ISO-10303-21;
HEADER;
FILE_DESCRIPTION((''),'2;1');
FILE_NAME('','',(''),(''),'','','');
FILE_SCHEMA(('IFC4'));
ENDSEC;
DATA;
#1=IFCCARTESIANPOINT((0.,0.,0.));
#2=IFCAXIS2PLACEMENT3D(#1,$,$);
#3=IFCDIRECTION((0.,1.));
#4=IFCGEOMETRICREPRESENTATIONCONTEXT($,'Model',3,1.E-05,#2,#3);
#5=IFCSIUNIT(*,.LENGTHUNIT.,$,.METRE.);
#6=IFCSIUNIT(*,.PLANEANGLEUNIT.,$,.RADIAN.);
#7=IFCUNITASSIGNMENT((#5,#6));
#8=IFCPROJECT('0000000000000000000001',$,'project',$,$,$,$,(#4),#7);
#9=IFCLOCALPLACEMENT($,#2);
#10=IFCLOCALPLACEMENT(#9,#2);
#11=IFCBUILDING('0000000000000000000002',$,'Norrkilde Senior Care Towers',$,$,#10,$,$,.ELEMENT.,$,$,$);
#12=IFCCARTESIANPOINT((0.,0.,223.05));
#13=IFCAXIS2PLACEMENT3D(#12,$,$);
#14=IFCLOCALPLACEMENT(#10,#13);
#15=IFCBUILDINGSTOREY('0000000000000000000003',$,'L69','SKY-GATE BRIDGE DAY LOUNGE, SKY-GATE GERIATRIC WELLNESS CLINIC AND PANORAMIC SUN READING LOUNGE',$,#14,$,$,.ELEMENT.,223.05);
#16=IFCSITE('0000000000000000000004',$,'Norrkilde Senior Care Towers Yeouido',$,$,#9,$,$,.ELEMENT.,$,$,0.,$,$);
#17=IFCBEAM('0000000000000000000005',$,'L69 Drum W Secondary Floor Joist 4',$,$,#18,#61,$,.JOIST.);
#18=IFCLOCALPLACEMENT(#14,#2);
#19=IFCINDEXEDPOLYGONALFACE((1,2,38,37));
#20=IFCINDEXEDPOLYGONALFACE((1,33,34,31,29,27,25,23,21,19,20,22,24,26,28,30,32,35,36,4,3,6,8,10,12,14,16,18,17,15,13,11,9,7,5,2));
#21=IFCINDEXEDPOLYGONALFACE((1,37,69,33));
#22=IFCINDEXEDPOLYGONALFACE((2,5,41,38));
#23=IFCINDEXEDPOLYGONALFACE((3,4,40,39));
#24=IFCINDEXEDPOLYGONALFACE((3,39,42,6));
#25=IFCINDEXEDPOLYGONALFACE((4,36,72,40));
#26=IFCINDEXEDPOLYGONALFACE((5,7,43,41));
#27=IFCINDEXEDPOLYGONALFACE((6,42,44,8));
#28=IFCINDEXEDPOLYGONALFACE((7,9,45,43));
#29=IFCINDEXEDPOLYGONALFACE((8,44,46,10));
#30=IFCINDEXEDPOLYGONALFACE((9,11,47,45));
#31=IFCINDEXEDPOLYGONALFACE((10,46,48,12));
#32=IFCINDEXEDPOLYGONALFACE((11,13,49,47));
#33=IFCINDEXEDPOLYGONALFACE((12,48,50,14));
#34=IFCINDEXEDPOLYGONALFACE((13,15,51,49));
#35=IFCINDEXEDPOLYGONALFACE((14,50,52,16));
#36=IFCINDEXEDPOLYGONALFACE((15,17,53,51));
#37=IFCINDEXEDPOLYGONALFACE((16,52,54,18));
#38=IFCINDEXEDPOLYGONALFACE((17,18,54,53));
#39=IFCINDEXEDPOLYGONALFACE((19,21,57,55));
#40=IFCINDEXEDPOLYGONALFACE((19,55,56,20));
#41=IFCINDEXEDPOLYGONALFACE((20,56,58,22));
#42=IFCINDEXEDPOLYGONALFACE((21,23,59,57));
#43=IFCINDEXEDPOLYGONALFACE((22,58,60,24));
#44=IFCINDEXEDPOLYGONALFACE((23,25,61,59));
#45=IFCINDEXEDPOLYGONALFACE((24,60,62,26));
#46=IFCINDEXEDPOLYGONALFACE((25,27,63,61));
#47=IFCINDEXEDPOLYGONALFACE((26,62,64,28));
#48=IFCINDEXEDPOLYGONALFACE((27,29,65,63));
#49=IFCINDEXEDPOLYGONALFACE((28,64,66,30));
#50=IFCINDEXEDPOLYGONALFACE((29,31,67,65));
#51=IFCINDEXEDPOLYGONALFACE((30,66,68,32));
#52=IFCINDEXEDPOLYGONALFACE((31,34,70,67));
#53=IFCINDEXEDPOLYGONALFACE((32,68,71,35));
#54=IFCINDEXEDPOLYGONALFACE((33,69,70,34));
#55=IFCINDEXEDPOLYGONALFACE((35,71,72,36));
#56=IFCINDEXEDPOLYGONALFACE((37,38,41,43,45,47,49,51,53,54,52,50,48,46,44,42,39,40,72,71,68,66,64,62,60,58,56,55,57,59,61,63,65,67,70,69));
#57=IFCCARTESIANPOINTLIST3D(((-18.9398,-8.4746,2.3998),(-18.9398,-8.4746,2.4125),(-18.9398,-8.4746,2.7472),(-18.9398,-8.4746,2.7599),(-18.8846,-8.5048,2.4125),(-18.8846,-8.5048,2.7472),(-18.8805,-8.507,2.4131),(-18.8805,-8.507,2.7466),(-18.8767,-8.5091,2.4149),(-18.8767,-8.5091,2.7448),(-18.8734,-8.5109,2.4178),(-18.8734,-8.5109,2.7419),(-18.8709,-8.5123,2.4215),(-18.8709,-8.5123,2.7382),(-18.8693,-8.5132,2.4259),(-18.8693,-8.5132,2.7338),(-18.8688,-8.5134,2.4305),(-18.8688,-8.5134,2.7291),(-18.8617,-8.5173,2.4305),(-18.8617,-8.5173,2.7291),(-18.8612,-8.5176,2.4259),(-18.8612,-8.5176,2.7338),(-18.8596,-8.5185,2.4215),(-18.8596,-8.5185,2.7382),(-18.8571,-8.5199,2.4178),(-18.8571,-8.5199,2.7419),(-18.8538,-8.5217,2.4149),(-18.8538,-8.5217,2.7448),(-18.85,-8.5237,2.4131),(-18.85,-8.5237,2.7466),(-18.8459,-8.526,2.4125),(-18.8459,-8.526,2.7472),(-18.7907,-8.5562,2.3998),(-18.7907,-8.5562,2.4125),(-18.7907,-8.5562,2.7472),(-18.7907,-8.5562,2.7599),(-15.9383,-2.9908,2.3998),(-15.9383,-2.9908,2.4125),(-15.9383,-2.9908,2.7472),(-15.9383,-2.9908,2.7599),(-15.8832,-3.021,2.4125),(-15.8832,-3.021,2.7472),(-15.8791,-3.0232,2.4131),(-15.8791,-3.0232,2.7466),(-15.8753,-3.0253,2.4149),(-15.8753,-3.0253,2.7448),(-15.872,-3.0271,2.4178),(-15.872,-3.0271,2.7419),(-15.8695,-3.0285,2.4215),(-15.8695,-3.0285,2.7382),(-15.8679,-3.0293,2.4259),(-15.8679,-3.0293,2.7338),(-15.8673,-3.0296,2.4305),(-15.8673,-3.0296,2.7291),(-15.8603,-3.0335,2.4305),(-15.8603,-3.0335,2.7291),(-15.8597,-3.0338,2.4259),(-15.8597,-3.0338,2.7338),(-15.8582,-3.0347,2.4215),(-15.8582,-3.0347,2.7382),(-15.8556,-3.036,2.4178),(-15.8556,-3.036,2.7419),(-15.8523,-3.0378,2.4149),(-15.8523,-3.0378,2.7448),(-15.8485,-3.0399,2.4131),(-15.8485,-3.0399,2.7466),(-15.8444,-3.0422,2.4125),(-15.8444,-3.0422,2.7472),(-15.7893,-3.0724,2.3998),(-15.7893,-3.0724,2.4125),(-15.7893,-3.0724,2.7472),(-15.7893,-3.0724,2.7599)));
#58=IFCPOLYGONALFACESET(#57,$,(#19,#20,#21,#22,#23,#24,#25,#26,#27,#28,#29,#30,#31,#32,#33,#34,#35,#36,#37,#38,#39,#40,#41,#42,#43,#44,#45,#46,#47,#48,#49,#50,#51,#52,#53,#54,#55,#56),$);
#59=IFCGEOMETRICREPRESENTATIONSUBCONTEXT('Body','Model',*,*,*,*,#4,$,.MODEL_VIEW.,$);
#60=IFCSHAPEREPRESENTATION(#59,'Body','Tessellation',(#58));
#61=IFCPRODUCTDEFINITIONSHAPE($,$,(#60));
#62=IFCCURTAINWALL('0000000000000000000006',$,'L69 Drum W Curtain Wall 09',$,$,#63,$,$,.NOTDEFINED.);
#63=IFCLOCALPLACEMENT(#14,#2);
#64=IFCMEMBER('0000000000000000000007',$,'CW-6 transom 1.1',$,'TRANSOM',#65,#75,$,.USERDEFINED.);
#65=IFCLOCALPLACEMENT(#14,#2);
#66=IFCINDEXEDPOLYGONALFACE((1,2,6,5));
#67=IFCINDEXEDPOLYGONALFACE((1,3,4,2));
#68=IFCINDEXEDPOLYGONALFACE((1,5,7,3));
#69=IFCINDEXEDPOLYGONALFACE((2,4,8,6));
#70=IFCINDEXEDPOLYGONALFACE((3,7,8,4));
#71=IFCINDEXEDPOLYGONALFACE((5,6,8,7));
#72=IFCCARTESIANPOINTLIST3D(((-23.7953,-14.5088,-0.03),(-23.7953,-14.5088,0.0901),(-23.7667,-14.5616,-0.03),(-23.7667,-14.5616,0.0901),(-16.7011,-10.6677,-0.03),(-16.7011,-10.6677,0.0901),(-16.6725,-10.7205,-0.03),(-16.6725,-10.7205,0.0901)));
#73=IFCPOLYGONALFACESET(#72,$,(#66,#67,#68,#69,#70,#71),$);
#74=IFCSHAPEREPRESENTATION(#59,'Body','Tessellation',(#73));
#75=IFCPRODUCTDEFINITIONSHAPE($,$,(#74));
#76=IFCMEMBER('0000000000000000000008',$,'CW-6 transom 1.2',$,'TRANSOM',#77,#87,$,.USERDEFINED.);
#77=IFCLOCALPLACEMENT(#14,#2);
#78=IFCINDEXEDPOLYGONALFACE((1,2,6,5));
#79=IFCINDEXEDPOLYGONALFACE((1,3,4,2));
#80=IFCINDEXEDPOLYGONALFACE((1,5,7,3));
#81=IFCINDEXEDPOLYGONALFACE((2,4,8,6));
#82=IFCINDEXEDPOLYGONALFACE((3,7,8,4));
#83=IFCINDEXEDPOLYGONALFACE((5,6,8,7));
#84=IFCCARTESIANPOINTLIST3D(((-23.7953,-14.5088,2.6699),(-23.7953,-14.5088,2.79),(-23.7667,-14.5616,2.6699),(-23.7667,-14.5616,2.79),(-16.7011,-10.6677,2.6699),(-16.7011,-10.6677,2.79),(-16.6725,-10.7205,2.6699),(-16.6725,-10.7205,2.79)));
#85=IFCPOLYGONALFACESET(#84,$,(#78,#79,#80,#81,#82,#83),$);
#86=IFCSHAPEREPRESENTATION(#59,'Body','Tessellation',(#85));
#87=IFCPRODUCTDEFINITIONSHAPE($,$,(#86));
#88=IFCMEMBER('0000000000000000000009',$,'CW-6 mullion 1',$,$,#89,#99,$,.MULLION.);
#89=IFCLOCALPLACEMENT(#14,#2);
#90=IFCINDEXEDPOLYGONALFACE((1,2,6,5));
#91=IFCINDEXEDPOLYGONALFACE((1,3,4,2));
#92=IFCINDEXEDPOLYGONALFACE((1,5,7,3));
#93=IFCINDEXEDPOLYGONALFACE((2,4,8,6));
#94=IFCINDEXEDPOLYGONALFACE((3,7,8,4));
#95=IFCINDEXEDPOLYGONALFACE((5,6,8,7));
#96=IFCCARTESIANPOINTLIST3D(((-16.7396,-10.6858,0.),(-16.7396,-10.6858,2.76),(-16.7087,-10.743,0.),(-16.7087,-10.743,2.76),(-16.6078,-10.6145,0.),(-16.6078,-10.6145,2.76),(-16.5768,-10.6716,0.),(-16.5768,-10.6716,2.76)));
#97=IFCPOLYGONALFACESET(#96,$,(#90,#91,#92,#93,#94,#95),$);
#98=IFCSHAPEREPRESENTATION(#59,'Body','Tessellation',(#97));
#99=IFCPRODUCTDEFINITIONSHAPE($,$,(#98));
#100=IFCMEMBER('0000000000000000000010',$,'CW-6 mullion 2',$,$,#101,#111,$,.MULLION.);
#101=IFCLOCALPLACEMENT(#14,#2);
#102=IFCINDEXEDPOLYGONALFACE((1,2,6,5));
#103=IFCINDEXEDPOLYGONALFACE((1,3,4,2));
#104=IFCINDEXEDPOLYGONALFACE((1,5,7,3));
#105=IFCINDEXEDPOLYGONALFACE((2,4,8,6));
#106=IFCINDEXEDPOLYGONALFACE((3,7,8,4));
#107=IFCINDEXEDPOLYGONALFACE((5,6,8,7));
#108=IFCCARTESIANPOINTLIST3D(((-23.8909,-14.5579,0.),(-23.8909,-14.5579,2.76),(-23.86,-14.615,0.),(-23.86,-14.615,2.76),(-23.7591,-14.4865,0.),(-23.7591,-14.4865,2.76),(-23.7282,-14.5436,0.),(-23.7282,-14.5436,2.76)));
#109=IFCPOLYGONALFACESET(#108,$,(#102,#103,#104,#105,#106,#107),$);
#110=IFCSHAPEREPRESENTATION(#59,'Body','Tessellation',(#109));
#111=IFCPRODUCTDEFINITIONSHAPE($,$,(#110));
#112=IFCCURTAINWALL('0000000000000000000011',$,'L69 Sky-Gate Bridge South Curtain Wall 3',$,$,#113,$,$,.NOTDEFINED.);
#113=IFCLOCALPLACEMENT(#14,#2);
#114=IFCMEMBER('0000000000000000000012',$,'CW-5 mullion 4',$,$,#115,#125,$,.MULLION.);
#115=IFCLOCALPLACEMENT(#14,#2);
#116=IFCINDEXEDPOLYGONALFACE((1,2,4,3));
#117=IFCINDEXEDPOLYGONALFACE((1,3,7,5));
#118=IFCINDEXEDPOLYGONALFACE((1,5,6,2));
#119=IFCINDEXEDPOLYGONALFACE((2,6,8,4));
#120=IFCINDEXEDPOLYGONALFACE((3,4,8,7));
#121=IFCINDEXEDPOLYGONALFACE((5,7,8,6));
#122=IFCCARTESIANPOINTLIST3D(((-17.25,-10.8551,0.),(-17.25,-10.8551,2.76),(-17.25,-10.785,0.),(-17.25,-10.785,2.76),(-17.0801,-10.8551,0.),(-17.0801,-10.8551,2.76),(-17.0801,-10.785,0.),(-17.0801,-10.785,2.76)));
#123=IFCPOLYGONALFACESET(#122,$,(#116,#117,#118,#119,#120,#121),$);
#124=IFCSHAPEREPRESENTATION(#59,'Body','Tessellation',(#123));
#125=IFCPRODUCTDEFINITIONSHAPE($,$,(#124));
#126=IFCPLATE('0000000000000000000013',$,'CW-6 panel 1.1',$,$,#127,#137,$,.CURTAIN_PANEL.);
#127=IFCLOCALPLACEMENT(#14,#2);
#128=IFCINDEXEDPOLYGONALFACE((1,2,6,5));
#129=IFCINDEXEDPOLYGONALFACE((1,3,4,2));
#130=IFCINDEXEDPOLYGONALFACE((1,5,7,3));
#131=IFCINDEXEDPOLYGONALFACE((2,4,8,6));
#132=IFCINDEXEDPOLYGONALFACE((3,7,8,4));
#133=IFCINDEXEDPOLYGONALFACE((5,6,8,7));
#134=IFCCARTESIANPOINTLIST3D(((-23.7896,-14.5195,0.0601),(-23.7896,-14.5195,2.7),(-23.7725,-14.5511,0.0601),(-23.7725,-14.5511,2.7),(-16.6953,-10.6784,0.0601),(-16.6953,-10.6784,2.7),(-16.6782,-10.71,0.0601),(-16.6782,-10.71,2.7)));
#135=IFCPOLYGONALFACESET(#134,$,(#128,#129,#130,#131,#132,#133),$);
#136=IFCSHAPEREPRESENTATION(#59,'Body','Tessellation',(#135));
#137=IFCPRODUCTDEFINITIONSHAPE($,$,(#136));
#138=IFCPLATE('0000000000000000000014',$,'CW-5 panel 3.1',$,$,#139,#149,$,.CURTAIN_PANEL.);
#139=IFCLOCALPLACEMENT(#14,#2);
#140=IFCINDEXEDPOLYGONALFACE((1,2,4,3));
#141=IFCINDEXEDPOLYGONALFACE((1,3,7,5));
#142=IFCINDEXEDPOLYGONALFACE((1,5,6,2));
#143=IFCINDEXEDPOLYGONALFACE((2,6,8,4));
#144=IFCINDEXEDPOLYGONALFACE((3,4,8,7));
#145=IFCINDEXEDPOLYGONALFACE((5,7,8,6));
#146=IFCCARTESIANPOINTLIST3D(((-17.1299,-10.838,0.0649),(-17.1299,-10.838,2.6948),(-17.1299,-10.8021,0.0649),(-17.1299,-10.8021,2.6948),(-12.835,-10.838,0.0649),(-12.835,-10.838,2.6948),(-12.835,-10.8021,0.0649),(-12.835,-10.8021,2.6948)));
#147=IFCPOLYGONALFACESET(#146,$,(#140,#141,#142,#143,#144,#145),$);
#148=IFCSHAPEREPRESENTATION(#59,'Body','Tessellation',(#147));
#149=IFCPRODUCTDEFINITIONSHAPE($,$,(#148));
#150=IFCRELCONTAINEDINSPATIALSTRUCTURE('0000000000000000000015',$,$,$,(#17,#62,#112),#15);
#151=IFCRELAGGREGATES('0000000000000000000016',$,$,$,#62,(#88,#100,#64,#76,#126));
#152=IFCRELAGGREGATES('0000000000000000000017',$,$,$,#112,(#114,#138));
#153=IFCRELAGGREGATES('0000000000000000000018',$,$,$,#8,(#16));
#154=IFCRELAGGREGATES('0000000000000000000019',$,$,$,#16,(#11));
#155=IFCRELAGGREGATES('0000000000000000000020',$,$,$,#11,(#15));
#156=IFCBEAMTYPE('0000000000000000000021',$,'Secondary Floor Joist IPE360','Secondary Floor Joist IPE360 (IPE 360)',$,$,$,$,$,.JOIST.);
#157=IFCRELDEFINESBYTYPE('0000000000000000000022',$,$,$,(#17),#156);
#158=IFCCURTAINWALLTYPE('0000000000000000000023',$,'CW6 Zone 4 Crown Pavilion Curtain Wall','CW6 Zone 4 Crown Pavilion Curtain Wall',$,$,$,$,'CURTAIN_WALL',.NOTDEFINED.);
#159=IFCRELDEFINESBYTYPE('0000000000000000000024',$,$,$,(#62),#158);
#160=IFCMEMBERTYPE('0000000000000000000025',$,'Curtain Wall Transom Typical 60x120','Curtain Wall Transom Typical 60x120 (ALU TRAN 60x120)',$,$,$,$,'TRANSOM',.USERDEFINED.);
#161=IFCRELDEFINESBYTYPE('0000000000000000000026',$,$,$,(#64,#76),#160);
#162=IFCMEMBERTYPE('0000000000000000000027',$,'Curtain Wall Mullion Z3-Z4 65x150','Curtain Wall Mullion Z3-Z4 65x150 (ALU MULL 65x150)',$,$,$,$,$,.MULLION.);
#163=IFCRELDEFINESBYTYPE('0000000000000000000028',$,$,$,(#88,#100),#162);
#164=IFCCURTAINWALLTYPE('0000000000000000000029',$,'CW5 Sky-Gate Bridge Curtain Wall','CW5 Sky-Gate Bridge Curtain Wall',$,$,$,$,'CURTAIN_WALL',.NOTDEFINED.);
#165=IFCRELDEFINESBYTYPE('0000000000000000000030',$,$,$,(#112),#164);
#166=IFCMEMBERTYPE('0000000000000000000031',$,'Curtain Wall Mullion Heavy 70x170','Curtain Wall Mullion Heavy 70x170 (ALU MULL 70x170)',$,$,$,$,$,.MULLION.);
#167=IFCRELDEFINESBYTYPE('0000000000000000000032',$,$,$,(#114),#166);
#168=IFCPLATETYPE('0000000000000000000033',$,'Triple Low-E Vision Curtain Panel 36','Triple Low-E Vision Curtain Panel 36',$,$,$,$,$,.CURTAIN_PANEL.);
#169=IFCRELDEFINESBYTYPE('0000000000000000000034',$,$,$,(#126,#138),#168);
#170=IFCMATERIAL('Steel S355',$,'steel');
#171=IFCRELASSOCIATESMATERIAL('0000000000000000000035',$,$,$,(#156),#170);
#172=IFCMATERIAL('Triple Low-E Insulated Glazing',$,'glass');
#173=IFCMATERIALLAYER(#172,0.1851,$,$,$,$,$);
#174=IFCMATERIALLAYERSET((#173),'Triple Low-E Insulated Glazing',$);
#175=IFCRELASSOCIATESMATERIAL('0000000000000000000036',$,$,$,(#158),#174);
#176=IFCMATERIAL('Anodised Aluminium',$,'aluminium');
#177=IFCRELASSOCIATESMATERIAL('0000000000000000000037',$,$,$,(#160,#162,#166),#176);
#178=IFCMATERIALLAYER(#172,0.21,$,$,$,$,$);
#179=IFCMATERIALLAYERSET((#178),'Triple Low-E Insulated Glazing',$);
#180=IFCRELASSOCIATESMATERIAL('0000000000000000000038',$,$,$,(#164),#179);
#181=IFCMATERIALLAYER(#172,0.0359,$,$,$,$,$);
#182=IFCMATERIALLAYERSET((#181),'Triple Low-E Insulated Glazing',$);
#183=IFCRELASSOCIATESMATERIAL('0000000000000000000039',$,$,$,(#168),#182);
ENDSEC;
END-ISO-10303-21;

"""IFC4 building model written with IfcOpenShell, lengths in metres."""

from ifc_helpers import new_model, si_unit, direction, frame, origin, origin_2d, place, context, subcontext, project, spatial, rectangle, i_section, extrude, source, transform, mapped, material, layer, layer_set, material_profile, profile_set, type_object, type_shapes, element, aggregate, save


model = new_model("IFC4")

# Units and contexts
model_context = context("Model", 3, precision=1e-05, world=origin(), true_north=direction((0.0, 1.0)))
body_context = subcontext(model_context, "Body", "Model", "MODEL_VIEW")
ifc_project = project(units=[si_unit("LENGTHUNIT", "METRE"), si_unit("PLANEANGLEUNIT", "RADIAN")], contexts=[model_context])

# Site, building, storey
site_placement = place(None, origin())
site = spatial("IfcSite", under=ifc_project, at=site_placement, Name="Norrkilde Senior Care Towers Yeouido", CompositionType="ELEMENT", RefElevation=0.0)
building_placement = place(site_placement, origin())
building = spatial("IfcBuilding", under=site, at=building_placement, Name="Norrkilde Senior Care Towers", CompositionType="ELEMENT")
storey_placement = place(building_placement, frame((0.0, 0.0, 223.05)))
storey = spatial("IfcBuildingStorey", under=building, at=storey_placement, Name="L69", Description="SKY-GATE BRIDGE DAY LOUNGE, SKY-GATE GERIATRIC WELLNESS CLINIC AND PANORAMIC SUN READING LOUNGE", CompositionType="ELEMENT", Elevation=223.05)

# Beam
ifc_material_1 = material(Name="Steel S355", Category="steel")
ifc_material_profile_1 = material_profile(ifc_material_1, i_section(OverallWidth=0.1699, OverallDepth=0.3601, WebThickness=0.0081, FlangeThickness=0.0127, FilletRadius=0.0181, at=origin_2d()), Name="IPE 360")
ifc_profile_set_1 = profile_set([ifc_material_profile_1], Name="Steel S355")
beam_type_1 = type_object("IfcBeamType", Name="Secondary Floor Joist IPE360", Description="Secondary Floor Joist IPE360 (IPE 360)", PredefinedType="JOIST", material=ifc_profile_set_1)
shared_shape_1 = source(origin(), body_context, "Body", "SweptSolid", [
    extrude(i_section(OverallWidth=0.1699, OverallDepth=0.3601, WebThickness=0.0081, FlangeThickness=0.0127, FilletRadius=0.0181, at=origin_2d()), origin(), (0.0, 0.0, 1.0), 6.2515),
])
type_shapes(beam_type_1, [shared_shape_1])
beam_1_placement = place(storey_placement, frame((-18.8652, -8.5154, 2.5798), z_axis=(0.480116, 0.877205, 0.0), x_axis=(-0.877205, 0.480116, 0.0)))
element("IfcBeam", 1, at=beam_1_placement, inside=storey, type_object=beam_type_1, Name="L69 Drum W Secondary Floor Joist 4", PredefinedType="JOIST", context=body_context, shape_type="MappedRepresentation", body=[
    mapped(shared_shape_1, transform((0.0, 0.0, 0.0), x_axis=(1.0, 0.0, 0.0), y_axis=(0.0, 1.0, 0.0), z_axis=(0.0, 0.0, 1.0), scale=1.0)),
])

# Curtain wall, members
ifc_material_2 = material(Name="Triple Low-E Insulated Glazing", Category="glass")
ifc_layer_1 = layer(ifc_material_2, 0.1851)
ifc_layer_set_1 = layer_set([ifc_layer_1], Name="Triple Low-E Insulated Glazing")
curtain_wall_type_1 = type_object("IfcCurtainWallType", Name="CW6 Zone 4 Crown Pavilion Curtain Wall", Description="CW6 Zone 4 Crown Pavilion Curtain Wall", ElementType="CURTAIN_WALL", PredefinedType="NOTDEFINED", material=ifc_layer_set_1)
curtain_wall_1_placement = place(storey_placement, origin())
curtain_wall_1 = element("IfcCurtainWall", 2, at=curtain_wall_1_placement, inside=storey, type_object=curtain_wall_type_1, Name="L69 Drum W Curtain Wall 09", PredefinedType="NOTDEFINED")
ifc_material_3 = material(Name="Anodised Aluminium", Category="aluminium")
ifc_material_profile_2 = material_profile(ifc_material_3, rectangle(XDim=0.0601, YDim=0.1201, at=origin_2d()), Name="ALU TRAN 60x120")
ifc_profile_set_2 = profile_set([ifc_material_profile_2], Name="Anodised Aluminium")
member_type_1 = type_object("IfcMemberType", Name="Curtain Wall Transom Typical 60x120", Description="Curtain Wall Transom Typical 60x120 (ALU TRAN 60x120)", ElementType="TRANSOM", PredefinedType="USERDEFINED", material=ifc_profile_set_2)
shared_shape_2 = source(origin(), body_context, "Body", "SweptSolid", [
    extrude(rectangle(XDim=0.0601, YDim=0.1201, at=origin_2d()), origin(), (0.0, 0.0, 1.0), 8.0674),
])
type_shapes(member_type_1, [shared_shape_2])
member_1_placement = place(storey_placement, frame((-16.6868, -10.6941, 0.03), z_axis=(-0.879378, -0.476125, 0.0), x_axis=(0.476125, -0.879378, 0.0)))
member_1 = element("IfcMember", 3, at=member_1_placement, type_object=member_type_1, Name="CW-6 transom 1.1", ObjectType="TRANSOM", PredefinedType="USERDEFINED", context=body_context, shape_type="MappedRepresentation", body=[
    mapped(shared_shape_2, transform((0.0, 0.0, 0.0), x_axis=(1.0, 0.0, 0.0), y_axis=(0.0, 1.0, 0.0), z_axis=(0.0, 0.0, 1.0), scale=1.0)),
])
member_2_placement = place(storey_placement, frame((-16.6868, -10.6941, 2.73), z_axis=(-0.879378, -0.476125, 0.0), x_axis=(0.476125, -0.879378, 0.0)))
member_2 = element("IfcMember", 4, at=member_2_placement, type_object=member_type_1, Name="CW-6 transom 1.2", ObjectType="TRANSOM", PredefinedType="USERDEFINED", context=body_context, shape_type="MappedRepresentation", body=[
    mapped(shared_shape_2, transform((0.0, 0.0, 0.0), x_axis=(1.0, 0.0, 0.0), y_axis=(0.0, 1.0, 0.0), z_axis=(0.0, 0.0, 1.0), scale=1.0)),
])
ifc_material_profile_3 = material_profile(ifc_material_3, rectangle(XDim=0.0649, YDim=0.1499, at=origin_2d()), Name="ALU MULL 65x150")
ifc_profile_set_3 = profile_set([ifc_material_profile_3], Name="Anodised Aluminium")
member_type_2 = type_object("IfcMemberType", Name="Curtain Wall Mullion Z3-Z4 65x150", Description="Curtain Wall Mullion Z3-Z4 65x150 (ALU MULL 65x150)", PredefinedType="MULLION", material=ifc_profile_set_3)
shared_shape_3 = source(origin(), body_context, "Body", "SweptSolid", [
    extrude(rectangle(XDim=0.0649, YDim=0.1499, at=origin_2d()), origin(), (0.0, 0.0, 1.0), 2.76),
])
type_shapes(member_type_2, [shared_shape_3])
member_3_placement = place(storey_placement, frame((-16.6582, -10.6787, 0.0), z_axis=(0.0, 0.0, 1.0), x_axis=(0.476133, -0.879373, 0.0)))
member_3 = element("IfcMember", 5, at=member_3_placement, type_object=member_type_2, Name="CW-6 mullion 1", PredefinedType="MULLION", context=body_context, shape_type="MappedRepresentation", body=[
    mapped(shared_shape_3, transform((0.0, 0.0, 0.0), x_axis=(1.0, 0.0, 0.0), y_axis=(0.0, 1.0, 0.0), z_axis=(0.0, 0.0, 1.0), scale=1.0)),
])
member_4_placement = place(storey_placement, frame((-23.8096, -14.5508, 0.0), z_axis=(0.0, 0.0, 1.0), x_axis=(0.476133, -0.879373, 0.0)))
member_4 = element("IfcMember", 6, at=member_4_placement, type_object=member_type_2, Name="CW-6 mullion 2", PredefinedType="MULLION", context=body_context, shape_type="MappedRepresentation", body=[
    mapped(shared_shape_3, transform((0.0, 0.0, 0.0), x_axis=(1.0, 0.0, 0.0), y_axis=(0.0, 1.0, 0.0), z_axis=(0.0, 0.0, 1.0), scale=1.0)),
])

# Curtain wall, member
ifc_layer_2 = layer(ifc_material_2, 0.21)
ifc_layer_set_2 = layer_set([ifc_layer_2], Name="Triple Low-E Insulated Glazing")
curtain_wall_type_2 = type_object("IfcCurtainWallType", Name="CW5 Sky-Gate Bridge Curtain Wall", Description="CW5 Sky-Gate Bridge Curtain Wall", ElementType="CURTAIN_WALL", PredefinedType="NOTDEFINED", material=ifc_layer_set_2)
curtain_wall_2_placement = place(storey_placement, origin())
curtain_wall_2 = element("IfcCurtainWall", 7, at=curtain_wall_2_placement, inside=storey, type_object=curtain_wall_type_2, Name="L69 Sky-Gate Bridge South Curtain Wall 3", PredefinedType="NOTDEFINED")
ifc_material_profile_4 = material_profile(ifc_material_3, rectangle(XDim=0.0701, YDim=0.1699, at=origin_2d()), Name="ALU MULL 70x170")
ifc_profile_set_4 = profile_set([ifc_material_profile_4], Name="Anodised Aluminium")
member_type_3 = type_object("IfcMemberType", Name="Curtain Wall Mullion Heavy 70x170", Description="Curtain Wall Mullion Heavy 70x170 (ALU MULL 70x170)", PredefinedType="MULLION", material=ifc_profile_set_4)
shared_shape_4 = source(origin(), body_context, "Body", "SweptSolid", [
    extrude(rectangle(XDim=0.0701, YDim=0.1699, at=origin_2d()), origin(), (0.0, 0.0, 1.0), 2.76),
])
type_shapes(member_type_3, [shared_shape_4])
member_5_placement = place(storey_placement, frame((-17.165, -10.8201, 0.0), z_axis=(0.0, 0.0, 1.0), x_axis=(0.0, -1.0, 0.0)))
member_5 = element("IfcMember", 8, at=member_5_placement, type_object=member_type_3, Name="CW-5 mullion 4", PredefinedType="MULLION", context=body_context, shape_type="MappedRepresentation", body=[
    mapped(shared_shape_4, transform((0.0, 0.0, 0.0), x_axis=(1.0, 0.0, 0.0), y_axis=(0.0, 1.0, 0.0), z_axis=(0.0, 0.0, 1.0), scale=1.0)),
])

# Plates
ifc_layer_3 = layer(ifc_material_2, 0.0359)
ifc_layer_set_3 = layer_set([ifc_layer_3], Name="Triple Low-E Insulated Glazing")
plate_type = type_object("IfcPlateType", Name="Triple Low-E Vision Curtain Panel 36", Description="Triple Low-E Vision Curtain Panel 36", PredefinedType="CURTAIN_PANEL", material=ifc_layer_set_3)
shared_shape_5 = source(origin(), body_context, "Body", "SweptSolid", [
    extrude(rectangle(XDim=8.0674, YDim=0.0359, at=origin_2d()), origin(), (0.0, 0.0, 1.0), 2.6399),
])
plate_1_placement = place(storey_placement, frame((-20.2339, -12.6147, 0.0601), z_axis=(0.0, 0.0, 1.0), x_axis=(-0.879373, -0.476133, 0.0)))
plate_1 = element("IfcPlate", 9, at=plate_1_placement, type_object=plate_type, Name="CW-6 panel 1.1", PredefinedType="CURTAIN_PANEL", context=body_context, shape_type="MappedRepresentation", body=[
    mapped(shared_shape_5, transform((0.0, 0.0, 0.0), x_axis=(1.0, 0.0, 0.0), y_axis=(0.0, 1.0, 0.0), z_axis=(0.0, 0.0, 1.0), scale=1.0)),
])
aggregate(curtain_wall_1, [member_3, member_4, member_1, member_2, plate_1])
shared_shape_6 = source(origin(), body_context, "Body", "SweptSolid", [
    extrude(rectangle(XDim=4.2949, YDim=0.0359, at=origin_2d()), origin(), (0.0, 0.0, 1.0), 2.6299),
])
type_shapes(plate_type, [shared_shape_5, shared_shape_6])
plate_2_placement = place(storey_placement, frame((-14.9824, -10.8201, 0.0649), z_axis=(0.0, 0.0, 1.0), x_axis=(-1.0, 0.0, 0.0)))
plate_2 = element("IfcPlate", 10, at=plate_2_placement, type_object=plate_type, Name="CW-5 panel 3.1", PredefinedType="CURTAIN_PANEL", context=body_context, shape_type="MappedRepresentation", body=[
    mapped(shared_shape_6, transform((0.0, 0.0, 0.0), x_axis=(1.0, 0.0, 0.0), y_axis=(0.0, 1.0, 0.0), z_axis=(0.0, 0.0, 1.0), scale=1.0)),
])
aggregate(curtain_wall_2, [member_5, plate_2])

save(model, "model.ifc")
